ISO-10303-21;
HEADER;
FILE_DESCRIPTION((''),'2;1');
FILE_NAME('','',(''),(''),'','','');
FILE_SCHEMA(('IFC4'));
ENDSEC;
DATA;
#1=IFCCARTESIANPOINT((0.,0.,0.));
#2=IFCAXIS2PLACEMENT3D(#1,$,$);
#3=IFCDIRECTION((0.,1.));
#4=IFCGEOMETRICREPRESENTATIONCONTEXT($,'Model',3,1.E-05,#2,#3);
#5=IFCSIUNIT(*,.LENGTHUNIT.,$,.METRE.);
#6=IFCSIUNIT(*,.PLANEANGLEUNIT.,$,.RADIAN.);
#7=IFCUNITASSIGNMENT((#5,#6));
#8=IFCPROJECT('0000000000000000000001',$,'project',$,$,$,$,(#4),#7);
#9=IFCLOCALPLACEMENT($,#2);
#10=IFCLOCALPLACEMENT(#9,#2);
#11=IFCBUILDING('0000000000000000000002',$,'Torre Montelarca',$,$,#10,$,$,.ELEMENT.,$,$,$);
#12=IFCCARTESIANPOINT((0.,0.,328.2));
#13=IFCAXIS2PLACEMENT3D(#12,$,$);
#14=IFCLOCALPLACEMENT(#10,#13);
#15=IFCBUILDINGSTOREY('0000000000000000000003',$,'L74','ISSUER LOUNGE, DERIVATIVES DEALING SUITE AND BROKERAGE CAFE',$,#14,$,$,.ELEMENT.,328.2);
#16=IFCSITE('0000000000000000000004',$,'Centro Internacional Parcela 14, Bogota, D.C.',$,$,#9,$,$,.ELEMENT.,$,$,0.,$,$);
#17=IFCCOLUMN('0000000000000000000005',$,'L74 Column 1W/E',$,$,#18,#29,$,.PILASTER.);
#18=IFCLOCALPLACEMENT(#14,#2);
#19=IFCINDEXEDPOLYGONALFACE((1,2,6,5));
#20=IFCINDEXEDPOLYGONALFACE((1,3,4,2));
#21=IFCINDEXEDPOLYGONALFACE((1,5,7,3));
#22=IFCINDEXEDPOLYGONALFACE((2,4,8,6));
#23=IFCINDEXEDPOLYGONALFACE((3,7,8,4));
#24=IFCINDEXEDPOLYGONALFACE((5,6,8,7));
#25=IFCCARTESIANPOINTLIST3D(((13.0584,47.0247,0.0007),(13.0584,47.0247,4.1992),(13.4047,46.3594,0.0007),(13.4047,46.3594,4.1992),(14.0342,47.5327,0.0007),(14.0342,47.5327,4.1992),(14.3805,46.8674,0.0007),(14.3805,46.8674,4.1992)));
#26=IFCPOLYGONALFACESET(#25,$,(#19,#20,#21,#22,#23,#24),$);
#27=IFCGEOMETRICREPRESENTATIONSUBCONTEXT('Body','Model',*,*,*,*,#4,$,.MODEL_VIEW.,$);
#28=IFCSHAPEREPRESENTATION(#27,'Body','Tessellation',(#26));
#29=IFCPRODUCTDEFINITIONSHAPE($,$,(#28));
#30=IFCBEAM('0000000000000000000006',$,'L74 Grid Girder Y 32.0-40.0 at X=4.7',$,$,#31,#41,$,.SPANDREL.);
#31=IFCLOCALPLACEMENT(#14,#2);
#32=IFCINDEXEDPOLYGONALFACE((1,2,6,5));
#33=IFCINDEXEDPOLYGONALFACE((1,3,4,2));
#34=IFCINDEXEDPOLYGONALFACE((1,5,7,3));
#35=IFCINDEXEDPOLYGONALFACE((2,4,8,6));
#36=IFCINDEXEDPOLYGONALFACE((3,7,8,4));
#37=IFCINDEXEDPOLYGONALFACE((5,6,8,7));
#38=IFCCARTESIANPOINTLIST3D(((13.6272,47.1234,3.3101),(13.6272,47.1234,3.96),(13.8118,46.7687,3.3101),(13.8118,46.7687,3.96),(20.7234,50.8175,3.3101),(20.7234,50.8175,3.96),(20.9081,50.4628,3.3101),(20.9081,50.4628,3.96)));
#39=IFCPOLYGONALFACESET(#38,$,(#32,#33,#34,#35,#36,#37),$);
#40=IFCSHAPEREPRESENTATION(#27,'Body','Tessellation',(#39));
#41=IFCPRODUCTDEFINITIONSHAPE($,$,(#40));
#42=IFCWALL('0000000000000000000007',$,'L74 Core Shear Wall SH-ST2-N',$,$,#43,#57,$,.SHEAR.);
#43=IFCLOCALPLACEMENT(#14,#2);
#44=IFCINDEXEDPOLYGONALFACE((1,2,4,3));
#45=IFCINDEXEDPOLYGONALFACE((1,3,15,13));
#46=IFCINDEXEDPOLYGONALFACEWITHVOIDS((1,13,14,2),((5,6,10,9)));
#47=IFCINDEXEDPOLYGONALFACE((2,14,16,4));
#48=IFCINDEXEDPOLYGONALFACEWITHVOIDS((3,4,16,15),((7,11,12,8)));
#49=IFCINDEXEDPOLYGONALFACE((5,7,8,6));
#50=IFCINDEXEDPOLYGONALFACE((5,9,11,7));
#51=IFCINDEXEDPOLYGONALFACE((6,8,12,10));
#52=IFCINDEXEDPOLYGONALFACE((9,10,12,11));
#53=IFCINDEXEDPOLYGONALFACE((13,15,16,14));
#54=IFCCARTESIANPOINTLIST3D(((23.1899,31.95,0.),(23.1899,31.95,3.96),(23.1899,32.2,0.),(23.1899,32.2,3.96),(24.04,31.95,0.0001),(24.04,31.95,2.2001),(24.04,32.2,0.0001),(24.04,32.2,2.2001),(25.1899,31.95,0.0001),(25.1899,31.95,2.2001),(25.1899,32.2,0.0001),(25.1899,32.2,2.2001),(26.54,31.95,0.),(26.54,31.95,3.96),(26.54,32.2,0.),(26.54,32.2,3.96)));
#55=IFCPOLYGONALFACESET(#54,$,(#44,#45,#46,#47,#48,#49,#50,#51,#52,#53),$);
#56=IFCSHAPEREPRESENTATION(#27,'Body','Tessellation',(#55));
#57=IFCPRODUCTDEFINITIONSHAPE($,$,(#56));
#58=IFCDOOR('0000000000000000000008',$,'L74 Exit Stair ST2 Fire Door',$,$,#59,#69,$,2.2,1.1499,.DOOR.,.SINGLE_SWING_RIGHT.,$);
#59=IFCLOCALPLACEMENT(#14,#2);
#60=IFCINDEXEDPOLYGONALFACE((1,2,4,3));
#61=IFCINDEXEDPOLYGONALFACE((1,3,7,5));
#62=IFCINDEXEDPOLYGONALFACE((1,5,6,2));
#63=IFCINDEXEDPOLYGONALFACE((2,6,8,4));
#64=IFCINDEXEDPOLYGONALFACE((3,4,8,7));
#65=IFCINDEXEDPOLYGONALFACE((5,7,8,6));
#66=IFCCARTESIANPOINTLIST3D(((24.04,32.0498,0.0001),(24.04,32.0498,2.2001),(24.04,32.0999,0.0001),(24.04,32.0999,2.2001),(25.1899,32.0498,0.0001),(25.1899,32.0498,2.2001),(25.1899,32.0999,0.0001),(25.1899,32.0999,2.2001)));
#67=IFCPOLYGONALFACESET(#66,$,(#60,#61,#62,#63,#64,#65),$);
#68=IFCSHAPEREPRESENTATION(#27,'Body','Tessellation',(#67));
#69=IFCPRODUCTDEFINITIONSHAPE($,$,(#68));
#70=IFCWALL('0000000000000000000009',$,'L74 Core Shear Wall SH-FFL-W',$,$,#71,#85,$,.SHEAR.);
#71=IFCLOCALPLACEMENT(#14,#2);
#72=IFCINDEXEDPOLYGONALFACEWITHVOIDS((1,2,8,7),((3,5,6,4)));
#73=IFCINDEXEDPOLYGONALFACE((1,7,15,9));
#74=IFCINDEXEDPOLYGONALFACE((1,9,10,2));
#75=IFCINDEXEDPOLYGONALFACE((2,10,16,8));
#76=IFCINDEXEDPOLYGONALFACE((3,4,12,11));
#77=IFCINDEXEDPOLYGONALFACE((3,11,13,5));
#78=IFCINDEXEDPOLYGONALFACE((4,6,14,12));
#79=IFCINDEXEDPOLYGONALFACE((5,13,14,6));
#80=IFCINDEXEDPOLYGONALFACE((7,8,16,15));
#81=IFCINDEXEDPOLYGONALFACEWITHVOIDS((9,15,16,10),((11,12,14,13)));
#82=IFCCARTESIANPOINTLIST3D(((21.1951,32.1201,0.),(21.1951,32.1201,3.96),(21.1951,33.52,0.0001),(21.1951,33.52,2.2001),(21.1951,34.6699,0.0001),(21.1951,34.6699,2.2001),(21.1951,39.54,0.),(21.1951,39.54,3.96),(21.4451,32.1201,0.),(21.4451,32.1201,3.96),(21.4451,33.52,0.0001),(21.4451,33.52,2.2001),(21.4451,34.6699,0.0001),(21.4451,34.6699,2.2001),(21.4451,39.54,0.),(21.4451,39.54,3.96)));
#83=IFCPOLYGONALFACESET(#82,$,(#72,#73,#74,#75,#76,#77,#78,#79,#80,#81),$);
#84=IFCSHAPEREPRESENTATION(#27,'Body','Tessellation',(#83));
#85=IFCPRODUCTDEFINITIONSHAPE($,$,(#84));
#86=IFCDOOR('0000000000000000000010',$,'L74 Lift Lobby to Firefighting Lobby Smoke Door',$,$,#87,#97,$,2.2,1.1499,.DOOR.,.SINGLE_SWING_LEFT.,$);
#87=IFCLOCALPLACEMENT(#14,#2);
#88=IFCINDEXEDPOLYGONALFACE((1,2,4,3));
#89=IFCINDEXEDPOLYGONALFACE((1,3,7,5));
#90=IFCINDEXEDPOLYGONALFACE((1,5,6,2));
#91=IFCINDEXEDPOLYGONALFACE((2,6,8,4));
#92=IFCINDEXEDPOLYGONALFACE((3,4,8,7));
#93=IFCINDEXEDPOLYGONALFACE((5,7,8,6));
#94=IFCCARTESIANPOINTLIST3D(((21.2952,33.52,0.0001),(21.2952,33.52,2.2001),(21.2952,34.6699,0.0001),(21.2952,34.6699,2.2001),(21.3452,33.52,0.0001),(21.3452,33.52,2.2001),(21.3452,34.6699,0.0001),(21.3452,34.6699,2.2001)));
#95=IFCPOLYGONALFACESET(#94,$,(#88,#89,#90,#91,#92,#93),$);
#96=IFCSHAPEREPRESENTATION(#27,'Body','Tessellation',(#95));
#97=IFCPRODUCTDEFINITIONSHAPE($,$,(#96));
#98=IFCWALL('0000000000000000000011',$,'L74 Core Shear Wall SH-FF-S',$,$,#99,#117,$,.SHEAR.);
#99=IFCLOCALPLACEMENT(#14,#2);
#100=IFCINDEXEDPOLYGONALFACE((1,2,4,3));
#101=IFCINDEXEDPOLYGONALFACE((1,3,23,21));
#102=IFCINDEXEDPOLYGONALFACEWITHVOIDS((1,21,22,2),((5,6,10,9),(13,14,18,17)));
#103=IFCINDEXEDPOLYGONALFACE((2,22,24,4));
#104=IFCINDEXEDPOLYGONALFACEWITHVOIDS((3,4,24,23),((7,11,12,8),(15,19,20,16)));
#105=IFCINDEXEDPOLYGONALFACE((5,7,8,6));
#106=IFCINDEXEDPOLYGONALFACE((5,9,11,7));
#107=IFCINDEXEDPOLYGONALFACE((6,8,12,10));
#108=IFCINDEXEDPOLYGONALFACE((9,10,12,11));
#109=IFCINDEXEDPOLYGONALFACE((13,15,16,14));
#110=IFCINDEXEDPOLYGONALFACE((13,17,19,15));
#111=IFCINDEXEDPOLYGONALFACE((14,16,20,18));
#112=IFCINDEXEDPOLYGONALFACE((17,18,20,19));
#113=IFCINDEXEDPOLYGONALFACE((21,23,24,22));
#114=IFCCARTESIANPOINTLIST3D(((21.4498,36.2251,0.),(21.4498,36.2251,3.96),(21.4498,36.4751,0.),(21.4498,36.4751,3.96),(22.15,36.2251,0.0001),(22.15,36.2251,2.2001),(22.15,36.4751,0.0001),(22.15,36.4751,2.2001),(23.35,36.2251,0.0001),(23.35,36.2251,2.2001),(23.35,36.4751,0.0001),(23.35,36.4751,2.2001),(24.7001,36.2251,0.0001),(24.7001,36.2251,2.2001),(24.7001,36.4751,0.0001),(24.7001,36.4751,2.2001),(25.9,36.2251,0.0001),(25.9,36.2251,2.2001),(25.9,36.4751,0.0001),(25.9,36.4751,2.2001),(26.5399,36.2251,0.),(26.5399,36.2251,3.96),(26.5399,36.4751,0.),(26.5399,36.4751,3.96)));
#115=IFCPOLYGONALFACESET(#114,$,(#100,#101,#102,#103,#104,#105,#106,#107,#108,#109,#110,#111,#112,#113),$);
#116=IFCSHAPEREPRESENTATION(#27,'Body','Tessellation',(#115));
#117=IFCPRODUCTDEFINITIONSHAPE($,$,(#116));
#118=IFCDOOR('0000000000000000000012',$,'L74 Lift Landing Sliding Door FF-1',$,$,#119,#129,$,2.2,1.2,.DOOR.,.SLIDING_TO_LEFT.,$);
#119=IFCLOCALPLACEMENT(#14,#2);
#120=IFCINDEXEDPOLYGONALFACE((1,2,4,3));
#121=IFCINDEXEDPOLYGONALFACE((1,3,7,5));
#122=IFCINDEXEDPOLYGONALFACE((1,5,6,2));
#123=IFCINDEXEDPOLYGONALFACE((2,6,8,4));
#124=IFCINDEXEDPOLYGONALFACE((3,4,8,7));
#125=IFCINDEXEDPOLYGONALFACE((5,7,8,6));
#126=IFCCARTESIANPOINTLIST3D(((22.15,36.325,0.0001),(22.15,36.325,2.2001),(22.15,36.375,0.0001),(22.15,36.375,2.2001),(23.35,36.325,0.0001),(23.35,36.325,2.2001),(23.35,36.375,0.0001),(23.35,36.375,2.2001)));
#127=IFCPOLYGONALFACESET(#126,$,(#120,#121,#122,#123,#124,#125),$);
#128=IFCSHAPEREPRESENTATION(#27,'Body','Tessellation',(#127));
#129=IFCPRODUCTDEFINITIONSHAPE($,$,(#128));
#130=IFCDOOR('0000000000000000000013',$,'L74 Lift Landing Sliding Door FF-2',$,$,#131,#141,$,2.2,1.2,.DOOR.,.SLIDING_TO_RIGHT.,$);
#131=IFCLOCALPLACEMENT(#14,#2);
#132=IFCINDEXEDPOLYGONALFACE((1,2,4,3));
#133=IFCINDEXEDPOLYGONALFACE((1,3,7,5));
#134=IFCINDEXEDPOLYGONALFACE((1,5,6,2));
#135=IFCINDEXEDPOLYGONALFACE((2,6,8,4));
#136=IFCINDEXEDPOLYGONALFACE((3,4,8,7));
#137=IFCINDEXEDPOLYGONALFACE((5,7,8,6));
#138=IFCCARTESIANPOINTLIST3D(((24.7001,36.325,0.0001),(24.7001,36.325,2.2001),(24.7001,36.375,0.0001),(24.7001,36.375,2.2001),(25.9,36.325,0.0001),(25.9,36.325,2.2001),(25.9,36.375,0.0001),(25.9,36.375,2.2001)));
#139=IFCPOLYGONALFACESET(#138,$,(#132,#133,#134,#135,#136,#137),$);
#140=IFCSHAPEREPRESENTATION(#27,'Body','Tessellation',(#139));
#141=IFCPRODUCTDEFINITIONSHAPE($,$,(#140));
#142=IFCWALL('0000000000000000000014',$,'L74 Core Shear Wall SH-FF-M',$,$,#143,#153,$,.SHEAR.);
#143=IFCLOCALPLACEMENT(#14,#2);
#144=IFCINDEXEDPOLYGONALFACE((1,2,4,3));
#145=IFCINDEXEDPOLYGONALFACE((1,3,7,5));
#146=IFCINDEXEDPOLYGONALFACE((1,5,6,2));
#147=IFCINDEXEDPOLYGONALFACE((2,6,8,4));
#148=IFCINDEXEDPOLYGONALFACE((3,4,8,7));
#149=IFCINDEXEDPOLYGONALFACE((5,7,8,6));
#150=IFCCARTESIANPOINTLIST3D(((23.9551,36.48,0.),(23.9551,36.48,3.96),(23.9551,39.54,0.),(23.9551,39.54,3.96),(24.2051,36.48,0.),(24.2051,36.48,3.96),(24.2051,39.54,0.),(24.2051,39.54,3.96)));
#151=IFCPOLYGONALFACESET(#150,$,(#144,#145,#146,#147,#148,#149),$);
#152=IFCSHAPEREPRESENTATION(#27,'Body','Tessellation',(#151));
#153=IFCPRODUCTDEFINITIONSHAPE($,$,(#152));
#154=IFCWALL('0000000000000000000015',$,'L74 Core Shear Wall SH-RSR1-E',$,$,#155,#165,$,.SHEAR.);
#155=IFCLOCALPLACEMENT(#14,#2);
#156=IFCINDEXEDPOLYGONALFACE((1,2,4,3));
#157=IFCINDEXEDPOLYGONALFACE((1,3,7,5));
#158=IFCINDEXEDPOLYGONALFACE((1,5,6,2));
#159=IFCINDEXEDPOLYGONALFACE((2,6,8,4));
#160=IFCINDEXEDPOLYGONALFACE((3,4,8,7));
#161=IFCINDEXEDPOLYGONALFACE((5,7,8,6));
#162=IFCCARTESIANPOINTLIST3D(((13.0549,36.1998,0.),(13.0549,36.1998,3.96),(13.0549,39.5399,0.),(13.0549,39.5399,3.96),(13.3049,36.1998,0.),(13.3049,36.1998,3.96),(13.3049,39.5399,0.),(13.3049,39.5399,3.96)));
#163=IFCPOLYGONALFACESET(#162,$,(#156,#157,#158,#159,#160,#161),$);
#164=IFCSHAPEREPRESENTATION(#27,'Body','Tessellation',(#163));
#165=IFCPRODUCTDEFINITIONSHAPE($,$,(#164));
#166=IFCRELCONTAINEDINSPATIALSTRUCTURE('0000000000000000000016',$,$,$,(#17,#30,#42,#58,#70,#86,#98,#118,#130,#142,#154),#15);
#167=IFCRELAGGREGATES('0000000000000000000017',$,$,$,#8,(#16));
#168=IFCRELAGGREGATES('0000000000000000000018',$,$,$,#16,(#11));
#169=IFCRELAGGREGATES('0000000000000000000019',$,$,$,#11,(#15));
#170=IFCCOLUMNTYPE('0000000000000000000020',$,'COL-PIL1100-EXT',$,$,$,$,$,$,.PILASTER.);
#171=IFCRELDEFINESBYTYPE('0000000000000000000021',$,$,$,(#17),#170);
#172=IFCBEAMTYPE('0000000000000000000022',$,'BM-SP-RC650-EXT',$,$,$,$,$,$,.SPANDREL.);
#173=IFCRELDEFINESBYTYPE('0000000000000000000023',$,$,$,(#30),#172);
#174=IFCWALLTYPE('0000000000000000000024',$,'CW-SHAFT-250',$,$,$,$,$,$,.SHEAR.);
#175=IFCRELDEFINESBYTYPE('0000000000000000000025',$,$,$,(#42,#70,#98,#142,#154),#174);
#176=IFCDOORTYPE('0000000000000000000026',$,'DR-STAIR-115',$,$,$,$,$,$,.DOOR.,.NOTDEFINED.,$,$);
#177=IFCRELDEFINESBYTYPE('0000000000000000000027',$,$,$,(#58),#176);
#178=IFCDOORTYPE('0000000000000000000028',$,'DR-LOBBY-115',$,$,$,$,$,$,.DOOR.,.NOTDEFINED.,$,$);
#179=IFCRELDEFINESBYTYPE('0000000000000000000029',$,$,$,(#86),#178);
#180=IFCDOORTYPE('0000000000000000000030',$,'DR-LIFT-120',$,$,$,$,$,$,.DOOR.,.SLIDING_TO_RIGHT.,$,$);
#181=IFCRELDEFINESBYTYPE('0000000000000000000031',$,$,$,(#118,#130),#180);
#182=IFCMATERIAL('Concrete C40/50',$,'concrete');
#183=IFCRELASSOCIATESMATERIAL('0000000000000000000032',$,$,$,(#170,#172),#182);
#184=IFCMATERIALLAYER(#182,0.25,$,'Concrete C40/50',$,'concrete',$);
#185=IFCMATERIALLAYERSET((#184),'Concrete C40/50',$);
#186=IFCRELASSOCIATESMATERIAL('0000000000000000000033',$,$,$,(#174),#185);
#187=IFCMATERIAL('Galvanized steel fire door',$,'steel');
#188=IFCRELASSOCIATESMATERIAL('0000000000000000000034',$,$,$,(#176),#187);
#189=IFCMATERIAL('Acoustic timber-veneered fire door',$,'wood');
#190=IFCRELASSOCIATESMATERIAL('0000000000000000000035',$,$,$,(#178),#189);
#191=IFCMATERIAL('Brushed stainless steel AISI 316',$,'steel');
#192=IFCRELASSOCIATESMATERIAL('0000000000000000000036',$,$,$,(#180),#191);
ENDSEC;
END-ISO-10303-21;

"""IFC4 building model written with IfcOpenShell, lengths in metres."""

from ifc_helpers import new_model, si_unit, direction, frame, frame_2d, origin, origin_2d, place, context, subcontext, project, spatial, rectangle, extrude, source, transform, mapped, material, layer, layer_set, material_profile, profile_set, type_object, element, fill, save


model = new_model("IFC4")

# Units and contexts
model_context = context("Model", 3, precision=1e-05, world=origin(), true_north=direction((0.0, 1.0)))
body_context = subcontext(model_context, "Body", "Model", "MODEL_VIEW")
ifc_project = project(units=[si_unit("LENGTHUNIT", "METRE"), si_unit("PLANEANGLEUNIT", "RADIAN")], contexts=[model_context])

# Site, building, storey
site_placement = place(None, origin())
site = spatial("IfcSite", under=ifc_project, at=site_placement, Name="Centro Internacional Parcela 14, Bogota, D.C.", CompositionType="ELEMENT", RefElevation=0.0)
building_placement = place(site_placement, origin())
building = spatial("IfcBuilding", under=site, at=building_placement, Name="Torre Montelarca", CompositionType="ELEMENT")
storey_placement = place(building_placement, frame((0.0, 0.0, 328.2)))
storey = spatial("IfcBuildingStorey", under=building, at=storey_placement, Name="L74", Description="ISSUER LOUNGE, DERIVATIVES DEALING SUITE AND BROKERAGE CAFE", CompositionType="ELEMENT", Elevation=328.2)

# Column
ifc_material_1 = material(Name="Concrete C40/50", Category="concrete")
ifc_material_profile_1 = material_profile(ifc_material_1, rectangle(XDim=0.75, YDim=1.1001, at=origin_2d()), Name="RC1100X750", Category="concrete")
ifc_profile_set_1 = profile_set([ifc_material_profile_1], Name="Concrete C40/50")
column_type = type_object("IfcColumnType", Name="COL-PIL1100-EXT", PredefinedType="PILASTER", material=ifc_profile_set_1)
shared_shape_1 = source(origin(), body_context, "Body", "SweptSolid", [
    extrude(rectangle(XDim=0.75, YDim=1.1001, at=origin_2d()), origin(), (0.0, 0.0, 1.0), 4.1985),
])
column_placement = place(storey_placement, frame((13.7195, 46.946, 0.0007), z_axis=(0.0, 0.0, 1.0), x_axis=(-0.461749, 0.887011, 0.0)))
element("IfcColumn", 1, at=column_placement, inside=storey, type_object=column_type, Name="L74 Column 1W/E", PredefinedType="PILASTER", context=body_context, shape_type="MappedRepresentation", body=[
    mapped(shared_shape_1, transform((0.0, 0.0, 0.0), scale=1.0)),
])

# Beam
ifc_material_profile_2 = material_profile(ifc_material_1, rectangle(XDim=0.3999, YDim=0.6499, at=origin_2d()), Name="RCB400X650", Category="concrete")
ifc_profile_set_2 = profile_set([ifc_material_profile_2], Name="Concrete C40/50")
beam_type = type_object("IfcBeamType", Name="BM-SP-RC650-EXT", PredefinedType="SPANDREL", material=ifc_profile_set_2)
shared_shape_2 = source(origin(), body_context, "Body", "SweptSolid", [
    extrude(rectangle(XDim=0.3999, YDim=0.6499, at=origin_2d()), origin(), (0.0, 0.0, 1.0), 8.0002),
])
beam_placement = place(storey_placement, frame((13.7195, 46.946, 3.635), z_axis=(0.887008, 0.461753, 0.0), x_axis=(-0.461753, 0.887008, 0.0)))
element("IfcBeam", 2, at=beam_placement, inside=storey, type_object=beam_type, Name="L74 Grid Girder Y 32.0-40.0 at X=4.7", PredefinedType="SPANDREL", context=body_context, shape_type="MappedRepresentation", body=[
    mapped(shared_shape_2, transform((0.0, 0.0, 0.0), scale=1.0)),
])

# Walls, openings, doors
ifc_layer_1 = layer(ifc_material_1, 0.25, Name="Concrete C40/50", Category="concrete")
ifc_layer_set_1 = layer_set([ifc_layer_1], Name="Concrete C40/50")
wall_type_1 = type_object("IfcWallType", Name="CW-SHAFT-250", PredefinedType="SHEAR", material=ifc_layer_set_1)
wall_1_placement = place(storey_placement, frame((23.1899, 32.075, 0.0), z_axis=(0.0, 0.0, 1.0), x_axis=(1.0, 0.0, 0.0)))
wall_1 = element("IfcWall", 3, at=wall_1_placement, inside=storey, type_object=wall_type_1, Name="L74 Core Shear Wall SH-ST2-N", PredefinedType="SHEAR", context=body_context, shape_type="SweptSolid", body=[
    extrude(rectangle(XDim=3.3501, YDim=0.25, at=frame_2d((1.675, 0.0))), origin(), (0.0, 0.0, 1.0), 3.96),
])
opening_1_placement = place(wall_1_placement, frame((0.8501, 0.0, 0.0)))
opening_1 = element("IfcOpeningElement", 4, at=opening_1_placement, cuts=wall_1, PredefinedType="OPENING", context=body_context, shape_type="SweptSolid", body=[
    extrude(rectangle(XDim=1.1499, YDim=2.2, at=frame_2d((0.575, 1.1001))), frame((0.0, 0.135, 0.0), z_axis=(0.0, -1.0, 0.0), x_axis=(1.0, 0.0, 0.0)), (0.0, 0.0, 1.0), 0.27),
])
ifc_material_2 = material(Name="Galvanized steel fire door", Category="steel")
door_type_1 = type_object("IfcDoorType", Name="DR-STAIR-115", OperationType="NOTDEFINED", PredefinedType="DOOR", material=ifc_material_2)
shared_shape_3 = source(origin(), body_context, "Body", "SweptSolid", [
    extrude(rectangle(XDim=1.1499, YDim=2.2, at=frame_2d((0.575, 1.1001))), frame((0.0, 0.0249, 0.0), z_axis=(0.0, -1.0, 0.0), x_axis=(1.0, 0.0, 0.0)), (0.0, 0.0, 1.0), 0.05),
])
door_1_placement = place(opening_1_placement, origin())
door_1 = element("IfcDoor", 5, at=door_1_placement, inside=storey, type_object=door_type_1, Name="L74 Exit Stair ST2 Fire Door", OperationType="SINGLE_SWING_RIGHT", OverallHeight=2.2, OverallWidth=1.1499, PredefinedType="DOOR", context=body_context, shape_type="MappedRepresentation", body=[
    mapped(shared_shape_3, transform((0.0, 0.0, 0.0), scale=1.0)),
])
fill(opening_1, door_1)
wall_2_placement = place(storey_placement, frame((21.3201, 32.1201, 0.0), z_axis=(0.0, 0.0, 1.0), x_axis=(0.0, 1.0, 0.0)))
wall_2 = element("IfcWall", 6, at=wall_2_placement, inside=storey, type_object=wall_type_1, Name="L74 Core Shear Wall SH-FFL-W", PredefinedType="SHEAR", context=body_context, shape_type="SweptSolid", body=[
    extrude(rectangle(XDim=7.4199, YDim=0.25, at=frame_2d((3.71, 0.0))), origin(), (0.0, 0.0, 1.0), 3.96),
])
opening_2_placement = place(wall_2_placement, frame((1.3999, 0.0, 0.0)))
opening_2 = element("IfcOpeningElement", 7, at=opening_2_placement, cuts=wall_2, PredefinedType="OPENING", context=body_context, shape_type="SweptSolid", body=[
    extrude(rectangle(XDim=1.1499, YDim=2.2, at=frame_2d((0.575, 1.1001))), frame((0.0, 0.135, 0.0), z_axis=(0.0, -1.0, 0.0), x_axis=(1.0, 0.0, 0.0)), (0.0, 0.0, 1.0), 0.27),
])
ifc_material_3 = material(Name="Acoustic timber-veneered fire door", Category="wood")
door_type_2 = type_object("IfcDoorType", Name="DR-LOBBY-115", OperationType="NOTDEFINED", PredefinedType="DOOR", material=ifc_material_3)
shared_shape_4 = source(origin(), body_context, "Body", "SweptSolid", [
    extrude(rectangle(XDim=1.1499, YDim=2.2, at=frame_2d((0.575, 1.1001))), frame((0.0, 0.0249, 0.0), z_axis=(0.0, -1.0, 0.0), x_axis=(1.0, 0.0, 0.0)), (0.0, 0.0, 1.0), 0.05),
])
door_2_placement = place(opening_2_placement, origin())
door_2 = element("IfcDoor", 8, at=door_2_placement, inside=storey, type_object=door_type_2, Name="L74 Lift Lobby to Firefighting Lobby Smoke Door", OperationType="SINGLE_SWING_LEFT", OverallHeight=2.2, OverallWidth=1.1499, PredefinedType="DOOR", context=body_context, shape_type="MappedRepresentation", body=[
    mapped(shared_shape_4, transform((0.0, 0.0, 0.0), scale=1.0)),
])
fill(opening_2, door_2)

# Wall, openings, doors
wall_3_placement = place(storey_placement, frame((21.45, 36.3501, 0.0), z_axis=(0.0, 0.0, 1.0), x_axis=(1.0, 0.0, 0.0)))
wall_3 = element("IfcWall", 9, at=wall_3_placement, inside=storey, type_object=wall_type_1, Name="L74 Core Shear Wall SH-FF-S", PredefinedType="SHEAR", context=body_context, shape_type="SweptSolid", body=[
    extrude(rectangle(XDim=5.0901, YDim=0.25, at=frame_2d((2.5449, 0.0))), origin(), (0.0, 0.0, 1.0), 3.96),
])
opening_3_placement = place(wall_3_placement, frame((0.7, 0.0, 0.0)))
opening_3 = element("IfcOpeningElement", 10, at=opening_3_placement, cuts=wall_3, PredefinedType="OPENING", context=body_context, shape_type="SweptSolid", body=[
    extrude(rectangle(XDim=1.2, YDim=2.2, at=frame_2d((0.6001, 1.1001))), frame((0.0, 0.135, 0.0), z_axis=(0.0, -1.0, 0.0), x_axis=(1.0, 0.0, 0.0)), (0.0, 0.0, 1.0), 0.27),
])
opening_4_placement = place(wall_3_placement, frame((3.25, 0.0, 0.0)))
opening_4 = element("IfcOpeningElement", 11, at=opening_4_placement, cuts=wall_3, PredefinedType="OPENING", context=body_context, shape_type="SweptSolid", body=[
    extrude(rectangle(XDim=1.2, YDim=2.2, at=frame_2d((0.6001, 1.1001))), frame((0.0, 0.135, 0.0), z_axis=(0.0, -1.0, 0.0), x_axis=(1.0, 0.0, 0.0)), (0.0, 0.0, 1.0), 0.27),
])
ifc_material_4 = material(Name="Brushed stainless steel AISI 316", Category="steel")
door_type_3 = type_object("IfcDoorType", Name="DR-LIFT-120", OperationType="SLIDING_TO_RIGHT", PredefinedType="DOOR", material=ifc_material_4)
shared_shape_5 = source(origin(), body_context, "Body", "SweptSolid", [
    extrude(rectangle(XDim=1.2, YDim=2.2, at=frame_2d((0.6001, 1.1001))), frame((0.0, 0.0249, 0.0), z_axis=(0.0, -1.0, 0.0), x_axis=(1.0, 0.0, 0.0)), (0.0, 0.0, 1.0), 0.05),
])
door_3_placement = place(opening_3_placement, origin())
door_3 = element("IfcDoor", 12, at=door_3_placement, inside=storey, type_object=door_type_3, Name="L74 Lift Landing Sliding Door FF-1", OperationType="SLIDING_TO_LEFT", OverallHeight=2.2, OverallWidth=1.2, PredefinedType="DOOR", context=body_context, shape_type="MappedRepresentation", body=[
    mapped(shared_shape_5, transform((0.0, 0.0, 0.0), scale=1.0)),
])
fill(opening_3, door_3)
door_4_placement = place(opening_4_placement, origin())
door_4 = element("IfcDoor", 13, at=door_4_placement, inside=storey, type_object=door_type_3, Name="L74 Lift Landing Sliding Door FF-2", OperationType="SLIDING_TO_RIGHT", OverallHeight=2.2, OverallWidth=1.2, PredefinedType="DOOR", context=body_context, shape_type="MappedRepresentation", body=[
    mapped(shared_shape_5, transform((0.0, 0.0, 0.0), scale=1.0)),
])
fill(opening_4, door_4)

# Walls
wall_4_placement = place(storey_placement, frame((24.0801, 36.48, 0.0), z_axis=(0.0, 0.0, 1.0), x_axis=(0.0, 1.0, 0.0)))
element("IfcWall", 14, at=wall_4_placement, inside=storey, type_object=wall_type_1, Name="L74 Core Shear Wall SH-FF-M", PredefinedType="SHEAR", context=body_context, shape_type="SweptSolid", body=[
    extrude(rectangle(XDim=3.0601, YDim=0.25, at=frame_2d((1.53, 0.0))), origin(), (0.0, 0.0, 1.0), 3.96),
])
wall_5_placement = place(storey_placement, frame((13.1799, 36.2, 0.0), z_axis=(0.0, 0.0, 1.0), x_axis=(0.0, 1.0, 0.0)))
element("IfcWall", 15, at=wall_5_placement, inside=storey, type_object=wall_type_1, Name="L74 Core Shear Wall SH-RSR1-E", PredefinedType="SHEAR", context=body_context, shape_type="SweptSolid", body=[
    extrude(rectangle(XDim=3.3401, YDim=0.25, at=frame_2d((1.6699, 0.0))), origin(), (0.0, 0.0, 1.0), 3.96),
])

save(model, "model.ifc")
